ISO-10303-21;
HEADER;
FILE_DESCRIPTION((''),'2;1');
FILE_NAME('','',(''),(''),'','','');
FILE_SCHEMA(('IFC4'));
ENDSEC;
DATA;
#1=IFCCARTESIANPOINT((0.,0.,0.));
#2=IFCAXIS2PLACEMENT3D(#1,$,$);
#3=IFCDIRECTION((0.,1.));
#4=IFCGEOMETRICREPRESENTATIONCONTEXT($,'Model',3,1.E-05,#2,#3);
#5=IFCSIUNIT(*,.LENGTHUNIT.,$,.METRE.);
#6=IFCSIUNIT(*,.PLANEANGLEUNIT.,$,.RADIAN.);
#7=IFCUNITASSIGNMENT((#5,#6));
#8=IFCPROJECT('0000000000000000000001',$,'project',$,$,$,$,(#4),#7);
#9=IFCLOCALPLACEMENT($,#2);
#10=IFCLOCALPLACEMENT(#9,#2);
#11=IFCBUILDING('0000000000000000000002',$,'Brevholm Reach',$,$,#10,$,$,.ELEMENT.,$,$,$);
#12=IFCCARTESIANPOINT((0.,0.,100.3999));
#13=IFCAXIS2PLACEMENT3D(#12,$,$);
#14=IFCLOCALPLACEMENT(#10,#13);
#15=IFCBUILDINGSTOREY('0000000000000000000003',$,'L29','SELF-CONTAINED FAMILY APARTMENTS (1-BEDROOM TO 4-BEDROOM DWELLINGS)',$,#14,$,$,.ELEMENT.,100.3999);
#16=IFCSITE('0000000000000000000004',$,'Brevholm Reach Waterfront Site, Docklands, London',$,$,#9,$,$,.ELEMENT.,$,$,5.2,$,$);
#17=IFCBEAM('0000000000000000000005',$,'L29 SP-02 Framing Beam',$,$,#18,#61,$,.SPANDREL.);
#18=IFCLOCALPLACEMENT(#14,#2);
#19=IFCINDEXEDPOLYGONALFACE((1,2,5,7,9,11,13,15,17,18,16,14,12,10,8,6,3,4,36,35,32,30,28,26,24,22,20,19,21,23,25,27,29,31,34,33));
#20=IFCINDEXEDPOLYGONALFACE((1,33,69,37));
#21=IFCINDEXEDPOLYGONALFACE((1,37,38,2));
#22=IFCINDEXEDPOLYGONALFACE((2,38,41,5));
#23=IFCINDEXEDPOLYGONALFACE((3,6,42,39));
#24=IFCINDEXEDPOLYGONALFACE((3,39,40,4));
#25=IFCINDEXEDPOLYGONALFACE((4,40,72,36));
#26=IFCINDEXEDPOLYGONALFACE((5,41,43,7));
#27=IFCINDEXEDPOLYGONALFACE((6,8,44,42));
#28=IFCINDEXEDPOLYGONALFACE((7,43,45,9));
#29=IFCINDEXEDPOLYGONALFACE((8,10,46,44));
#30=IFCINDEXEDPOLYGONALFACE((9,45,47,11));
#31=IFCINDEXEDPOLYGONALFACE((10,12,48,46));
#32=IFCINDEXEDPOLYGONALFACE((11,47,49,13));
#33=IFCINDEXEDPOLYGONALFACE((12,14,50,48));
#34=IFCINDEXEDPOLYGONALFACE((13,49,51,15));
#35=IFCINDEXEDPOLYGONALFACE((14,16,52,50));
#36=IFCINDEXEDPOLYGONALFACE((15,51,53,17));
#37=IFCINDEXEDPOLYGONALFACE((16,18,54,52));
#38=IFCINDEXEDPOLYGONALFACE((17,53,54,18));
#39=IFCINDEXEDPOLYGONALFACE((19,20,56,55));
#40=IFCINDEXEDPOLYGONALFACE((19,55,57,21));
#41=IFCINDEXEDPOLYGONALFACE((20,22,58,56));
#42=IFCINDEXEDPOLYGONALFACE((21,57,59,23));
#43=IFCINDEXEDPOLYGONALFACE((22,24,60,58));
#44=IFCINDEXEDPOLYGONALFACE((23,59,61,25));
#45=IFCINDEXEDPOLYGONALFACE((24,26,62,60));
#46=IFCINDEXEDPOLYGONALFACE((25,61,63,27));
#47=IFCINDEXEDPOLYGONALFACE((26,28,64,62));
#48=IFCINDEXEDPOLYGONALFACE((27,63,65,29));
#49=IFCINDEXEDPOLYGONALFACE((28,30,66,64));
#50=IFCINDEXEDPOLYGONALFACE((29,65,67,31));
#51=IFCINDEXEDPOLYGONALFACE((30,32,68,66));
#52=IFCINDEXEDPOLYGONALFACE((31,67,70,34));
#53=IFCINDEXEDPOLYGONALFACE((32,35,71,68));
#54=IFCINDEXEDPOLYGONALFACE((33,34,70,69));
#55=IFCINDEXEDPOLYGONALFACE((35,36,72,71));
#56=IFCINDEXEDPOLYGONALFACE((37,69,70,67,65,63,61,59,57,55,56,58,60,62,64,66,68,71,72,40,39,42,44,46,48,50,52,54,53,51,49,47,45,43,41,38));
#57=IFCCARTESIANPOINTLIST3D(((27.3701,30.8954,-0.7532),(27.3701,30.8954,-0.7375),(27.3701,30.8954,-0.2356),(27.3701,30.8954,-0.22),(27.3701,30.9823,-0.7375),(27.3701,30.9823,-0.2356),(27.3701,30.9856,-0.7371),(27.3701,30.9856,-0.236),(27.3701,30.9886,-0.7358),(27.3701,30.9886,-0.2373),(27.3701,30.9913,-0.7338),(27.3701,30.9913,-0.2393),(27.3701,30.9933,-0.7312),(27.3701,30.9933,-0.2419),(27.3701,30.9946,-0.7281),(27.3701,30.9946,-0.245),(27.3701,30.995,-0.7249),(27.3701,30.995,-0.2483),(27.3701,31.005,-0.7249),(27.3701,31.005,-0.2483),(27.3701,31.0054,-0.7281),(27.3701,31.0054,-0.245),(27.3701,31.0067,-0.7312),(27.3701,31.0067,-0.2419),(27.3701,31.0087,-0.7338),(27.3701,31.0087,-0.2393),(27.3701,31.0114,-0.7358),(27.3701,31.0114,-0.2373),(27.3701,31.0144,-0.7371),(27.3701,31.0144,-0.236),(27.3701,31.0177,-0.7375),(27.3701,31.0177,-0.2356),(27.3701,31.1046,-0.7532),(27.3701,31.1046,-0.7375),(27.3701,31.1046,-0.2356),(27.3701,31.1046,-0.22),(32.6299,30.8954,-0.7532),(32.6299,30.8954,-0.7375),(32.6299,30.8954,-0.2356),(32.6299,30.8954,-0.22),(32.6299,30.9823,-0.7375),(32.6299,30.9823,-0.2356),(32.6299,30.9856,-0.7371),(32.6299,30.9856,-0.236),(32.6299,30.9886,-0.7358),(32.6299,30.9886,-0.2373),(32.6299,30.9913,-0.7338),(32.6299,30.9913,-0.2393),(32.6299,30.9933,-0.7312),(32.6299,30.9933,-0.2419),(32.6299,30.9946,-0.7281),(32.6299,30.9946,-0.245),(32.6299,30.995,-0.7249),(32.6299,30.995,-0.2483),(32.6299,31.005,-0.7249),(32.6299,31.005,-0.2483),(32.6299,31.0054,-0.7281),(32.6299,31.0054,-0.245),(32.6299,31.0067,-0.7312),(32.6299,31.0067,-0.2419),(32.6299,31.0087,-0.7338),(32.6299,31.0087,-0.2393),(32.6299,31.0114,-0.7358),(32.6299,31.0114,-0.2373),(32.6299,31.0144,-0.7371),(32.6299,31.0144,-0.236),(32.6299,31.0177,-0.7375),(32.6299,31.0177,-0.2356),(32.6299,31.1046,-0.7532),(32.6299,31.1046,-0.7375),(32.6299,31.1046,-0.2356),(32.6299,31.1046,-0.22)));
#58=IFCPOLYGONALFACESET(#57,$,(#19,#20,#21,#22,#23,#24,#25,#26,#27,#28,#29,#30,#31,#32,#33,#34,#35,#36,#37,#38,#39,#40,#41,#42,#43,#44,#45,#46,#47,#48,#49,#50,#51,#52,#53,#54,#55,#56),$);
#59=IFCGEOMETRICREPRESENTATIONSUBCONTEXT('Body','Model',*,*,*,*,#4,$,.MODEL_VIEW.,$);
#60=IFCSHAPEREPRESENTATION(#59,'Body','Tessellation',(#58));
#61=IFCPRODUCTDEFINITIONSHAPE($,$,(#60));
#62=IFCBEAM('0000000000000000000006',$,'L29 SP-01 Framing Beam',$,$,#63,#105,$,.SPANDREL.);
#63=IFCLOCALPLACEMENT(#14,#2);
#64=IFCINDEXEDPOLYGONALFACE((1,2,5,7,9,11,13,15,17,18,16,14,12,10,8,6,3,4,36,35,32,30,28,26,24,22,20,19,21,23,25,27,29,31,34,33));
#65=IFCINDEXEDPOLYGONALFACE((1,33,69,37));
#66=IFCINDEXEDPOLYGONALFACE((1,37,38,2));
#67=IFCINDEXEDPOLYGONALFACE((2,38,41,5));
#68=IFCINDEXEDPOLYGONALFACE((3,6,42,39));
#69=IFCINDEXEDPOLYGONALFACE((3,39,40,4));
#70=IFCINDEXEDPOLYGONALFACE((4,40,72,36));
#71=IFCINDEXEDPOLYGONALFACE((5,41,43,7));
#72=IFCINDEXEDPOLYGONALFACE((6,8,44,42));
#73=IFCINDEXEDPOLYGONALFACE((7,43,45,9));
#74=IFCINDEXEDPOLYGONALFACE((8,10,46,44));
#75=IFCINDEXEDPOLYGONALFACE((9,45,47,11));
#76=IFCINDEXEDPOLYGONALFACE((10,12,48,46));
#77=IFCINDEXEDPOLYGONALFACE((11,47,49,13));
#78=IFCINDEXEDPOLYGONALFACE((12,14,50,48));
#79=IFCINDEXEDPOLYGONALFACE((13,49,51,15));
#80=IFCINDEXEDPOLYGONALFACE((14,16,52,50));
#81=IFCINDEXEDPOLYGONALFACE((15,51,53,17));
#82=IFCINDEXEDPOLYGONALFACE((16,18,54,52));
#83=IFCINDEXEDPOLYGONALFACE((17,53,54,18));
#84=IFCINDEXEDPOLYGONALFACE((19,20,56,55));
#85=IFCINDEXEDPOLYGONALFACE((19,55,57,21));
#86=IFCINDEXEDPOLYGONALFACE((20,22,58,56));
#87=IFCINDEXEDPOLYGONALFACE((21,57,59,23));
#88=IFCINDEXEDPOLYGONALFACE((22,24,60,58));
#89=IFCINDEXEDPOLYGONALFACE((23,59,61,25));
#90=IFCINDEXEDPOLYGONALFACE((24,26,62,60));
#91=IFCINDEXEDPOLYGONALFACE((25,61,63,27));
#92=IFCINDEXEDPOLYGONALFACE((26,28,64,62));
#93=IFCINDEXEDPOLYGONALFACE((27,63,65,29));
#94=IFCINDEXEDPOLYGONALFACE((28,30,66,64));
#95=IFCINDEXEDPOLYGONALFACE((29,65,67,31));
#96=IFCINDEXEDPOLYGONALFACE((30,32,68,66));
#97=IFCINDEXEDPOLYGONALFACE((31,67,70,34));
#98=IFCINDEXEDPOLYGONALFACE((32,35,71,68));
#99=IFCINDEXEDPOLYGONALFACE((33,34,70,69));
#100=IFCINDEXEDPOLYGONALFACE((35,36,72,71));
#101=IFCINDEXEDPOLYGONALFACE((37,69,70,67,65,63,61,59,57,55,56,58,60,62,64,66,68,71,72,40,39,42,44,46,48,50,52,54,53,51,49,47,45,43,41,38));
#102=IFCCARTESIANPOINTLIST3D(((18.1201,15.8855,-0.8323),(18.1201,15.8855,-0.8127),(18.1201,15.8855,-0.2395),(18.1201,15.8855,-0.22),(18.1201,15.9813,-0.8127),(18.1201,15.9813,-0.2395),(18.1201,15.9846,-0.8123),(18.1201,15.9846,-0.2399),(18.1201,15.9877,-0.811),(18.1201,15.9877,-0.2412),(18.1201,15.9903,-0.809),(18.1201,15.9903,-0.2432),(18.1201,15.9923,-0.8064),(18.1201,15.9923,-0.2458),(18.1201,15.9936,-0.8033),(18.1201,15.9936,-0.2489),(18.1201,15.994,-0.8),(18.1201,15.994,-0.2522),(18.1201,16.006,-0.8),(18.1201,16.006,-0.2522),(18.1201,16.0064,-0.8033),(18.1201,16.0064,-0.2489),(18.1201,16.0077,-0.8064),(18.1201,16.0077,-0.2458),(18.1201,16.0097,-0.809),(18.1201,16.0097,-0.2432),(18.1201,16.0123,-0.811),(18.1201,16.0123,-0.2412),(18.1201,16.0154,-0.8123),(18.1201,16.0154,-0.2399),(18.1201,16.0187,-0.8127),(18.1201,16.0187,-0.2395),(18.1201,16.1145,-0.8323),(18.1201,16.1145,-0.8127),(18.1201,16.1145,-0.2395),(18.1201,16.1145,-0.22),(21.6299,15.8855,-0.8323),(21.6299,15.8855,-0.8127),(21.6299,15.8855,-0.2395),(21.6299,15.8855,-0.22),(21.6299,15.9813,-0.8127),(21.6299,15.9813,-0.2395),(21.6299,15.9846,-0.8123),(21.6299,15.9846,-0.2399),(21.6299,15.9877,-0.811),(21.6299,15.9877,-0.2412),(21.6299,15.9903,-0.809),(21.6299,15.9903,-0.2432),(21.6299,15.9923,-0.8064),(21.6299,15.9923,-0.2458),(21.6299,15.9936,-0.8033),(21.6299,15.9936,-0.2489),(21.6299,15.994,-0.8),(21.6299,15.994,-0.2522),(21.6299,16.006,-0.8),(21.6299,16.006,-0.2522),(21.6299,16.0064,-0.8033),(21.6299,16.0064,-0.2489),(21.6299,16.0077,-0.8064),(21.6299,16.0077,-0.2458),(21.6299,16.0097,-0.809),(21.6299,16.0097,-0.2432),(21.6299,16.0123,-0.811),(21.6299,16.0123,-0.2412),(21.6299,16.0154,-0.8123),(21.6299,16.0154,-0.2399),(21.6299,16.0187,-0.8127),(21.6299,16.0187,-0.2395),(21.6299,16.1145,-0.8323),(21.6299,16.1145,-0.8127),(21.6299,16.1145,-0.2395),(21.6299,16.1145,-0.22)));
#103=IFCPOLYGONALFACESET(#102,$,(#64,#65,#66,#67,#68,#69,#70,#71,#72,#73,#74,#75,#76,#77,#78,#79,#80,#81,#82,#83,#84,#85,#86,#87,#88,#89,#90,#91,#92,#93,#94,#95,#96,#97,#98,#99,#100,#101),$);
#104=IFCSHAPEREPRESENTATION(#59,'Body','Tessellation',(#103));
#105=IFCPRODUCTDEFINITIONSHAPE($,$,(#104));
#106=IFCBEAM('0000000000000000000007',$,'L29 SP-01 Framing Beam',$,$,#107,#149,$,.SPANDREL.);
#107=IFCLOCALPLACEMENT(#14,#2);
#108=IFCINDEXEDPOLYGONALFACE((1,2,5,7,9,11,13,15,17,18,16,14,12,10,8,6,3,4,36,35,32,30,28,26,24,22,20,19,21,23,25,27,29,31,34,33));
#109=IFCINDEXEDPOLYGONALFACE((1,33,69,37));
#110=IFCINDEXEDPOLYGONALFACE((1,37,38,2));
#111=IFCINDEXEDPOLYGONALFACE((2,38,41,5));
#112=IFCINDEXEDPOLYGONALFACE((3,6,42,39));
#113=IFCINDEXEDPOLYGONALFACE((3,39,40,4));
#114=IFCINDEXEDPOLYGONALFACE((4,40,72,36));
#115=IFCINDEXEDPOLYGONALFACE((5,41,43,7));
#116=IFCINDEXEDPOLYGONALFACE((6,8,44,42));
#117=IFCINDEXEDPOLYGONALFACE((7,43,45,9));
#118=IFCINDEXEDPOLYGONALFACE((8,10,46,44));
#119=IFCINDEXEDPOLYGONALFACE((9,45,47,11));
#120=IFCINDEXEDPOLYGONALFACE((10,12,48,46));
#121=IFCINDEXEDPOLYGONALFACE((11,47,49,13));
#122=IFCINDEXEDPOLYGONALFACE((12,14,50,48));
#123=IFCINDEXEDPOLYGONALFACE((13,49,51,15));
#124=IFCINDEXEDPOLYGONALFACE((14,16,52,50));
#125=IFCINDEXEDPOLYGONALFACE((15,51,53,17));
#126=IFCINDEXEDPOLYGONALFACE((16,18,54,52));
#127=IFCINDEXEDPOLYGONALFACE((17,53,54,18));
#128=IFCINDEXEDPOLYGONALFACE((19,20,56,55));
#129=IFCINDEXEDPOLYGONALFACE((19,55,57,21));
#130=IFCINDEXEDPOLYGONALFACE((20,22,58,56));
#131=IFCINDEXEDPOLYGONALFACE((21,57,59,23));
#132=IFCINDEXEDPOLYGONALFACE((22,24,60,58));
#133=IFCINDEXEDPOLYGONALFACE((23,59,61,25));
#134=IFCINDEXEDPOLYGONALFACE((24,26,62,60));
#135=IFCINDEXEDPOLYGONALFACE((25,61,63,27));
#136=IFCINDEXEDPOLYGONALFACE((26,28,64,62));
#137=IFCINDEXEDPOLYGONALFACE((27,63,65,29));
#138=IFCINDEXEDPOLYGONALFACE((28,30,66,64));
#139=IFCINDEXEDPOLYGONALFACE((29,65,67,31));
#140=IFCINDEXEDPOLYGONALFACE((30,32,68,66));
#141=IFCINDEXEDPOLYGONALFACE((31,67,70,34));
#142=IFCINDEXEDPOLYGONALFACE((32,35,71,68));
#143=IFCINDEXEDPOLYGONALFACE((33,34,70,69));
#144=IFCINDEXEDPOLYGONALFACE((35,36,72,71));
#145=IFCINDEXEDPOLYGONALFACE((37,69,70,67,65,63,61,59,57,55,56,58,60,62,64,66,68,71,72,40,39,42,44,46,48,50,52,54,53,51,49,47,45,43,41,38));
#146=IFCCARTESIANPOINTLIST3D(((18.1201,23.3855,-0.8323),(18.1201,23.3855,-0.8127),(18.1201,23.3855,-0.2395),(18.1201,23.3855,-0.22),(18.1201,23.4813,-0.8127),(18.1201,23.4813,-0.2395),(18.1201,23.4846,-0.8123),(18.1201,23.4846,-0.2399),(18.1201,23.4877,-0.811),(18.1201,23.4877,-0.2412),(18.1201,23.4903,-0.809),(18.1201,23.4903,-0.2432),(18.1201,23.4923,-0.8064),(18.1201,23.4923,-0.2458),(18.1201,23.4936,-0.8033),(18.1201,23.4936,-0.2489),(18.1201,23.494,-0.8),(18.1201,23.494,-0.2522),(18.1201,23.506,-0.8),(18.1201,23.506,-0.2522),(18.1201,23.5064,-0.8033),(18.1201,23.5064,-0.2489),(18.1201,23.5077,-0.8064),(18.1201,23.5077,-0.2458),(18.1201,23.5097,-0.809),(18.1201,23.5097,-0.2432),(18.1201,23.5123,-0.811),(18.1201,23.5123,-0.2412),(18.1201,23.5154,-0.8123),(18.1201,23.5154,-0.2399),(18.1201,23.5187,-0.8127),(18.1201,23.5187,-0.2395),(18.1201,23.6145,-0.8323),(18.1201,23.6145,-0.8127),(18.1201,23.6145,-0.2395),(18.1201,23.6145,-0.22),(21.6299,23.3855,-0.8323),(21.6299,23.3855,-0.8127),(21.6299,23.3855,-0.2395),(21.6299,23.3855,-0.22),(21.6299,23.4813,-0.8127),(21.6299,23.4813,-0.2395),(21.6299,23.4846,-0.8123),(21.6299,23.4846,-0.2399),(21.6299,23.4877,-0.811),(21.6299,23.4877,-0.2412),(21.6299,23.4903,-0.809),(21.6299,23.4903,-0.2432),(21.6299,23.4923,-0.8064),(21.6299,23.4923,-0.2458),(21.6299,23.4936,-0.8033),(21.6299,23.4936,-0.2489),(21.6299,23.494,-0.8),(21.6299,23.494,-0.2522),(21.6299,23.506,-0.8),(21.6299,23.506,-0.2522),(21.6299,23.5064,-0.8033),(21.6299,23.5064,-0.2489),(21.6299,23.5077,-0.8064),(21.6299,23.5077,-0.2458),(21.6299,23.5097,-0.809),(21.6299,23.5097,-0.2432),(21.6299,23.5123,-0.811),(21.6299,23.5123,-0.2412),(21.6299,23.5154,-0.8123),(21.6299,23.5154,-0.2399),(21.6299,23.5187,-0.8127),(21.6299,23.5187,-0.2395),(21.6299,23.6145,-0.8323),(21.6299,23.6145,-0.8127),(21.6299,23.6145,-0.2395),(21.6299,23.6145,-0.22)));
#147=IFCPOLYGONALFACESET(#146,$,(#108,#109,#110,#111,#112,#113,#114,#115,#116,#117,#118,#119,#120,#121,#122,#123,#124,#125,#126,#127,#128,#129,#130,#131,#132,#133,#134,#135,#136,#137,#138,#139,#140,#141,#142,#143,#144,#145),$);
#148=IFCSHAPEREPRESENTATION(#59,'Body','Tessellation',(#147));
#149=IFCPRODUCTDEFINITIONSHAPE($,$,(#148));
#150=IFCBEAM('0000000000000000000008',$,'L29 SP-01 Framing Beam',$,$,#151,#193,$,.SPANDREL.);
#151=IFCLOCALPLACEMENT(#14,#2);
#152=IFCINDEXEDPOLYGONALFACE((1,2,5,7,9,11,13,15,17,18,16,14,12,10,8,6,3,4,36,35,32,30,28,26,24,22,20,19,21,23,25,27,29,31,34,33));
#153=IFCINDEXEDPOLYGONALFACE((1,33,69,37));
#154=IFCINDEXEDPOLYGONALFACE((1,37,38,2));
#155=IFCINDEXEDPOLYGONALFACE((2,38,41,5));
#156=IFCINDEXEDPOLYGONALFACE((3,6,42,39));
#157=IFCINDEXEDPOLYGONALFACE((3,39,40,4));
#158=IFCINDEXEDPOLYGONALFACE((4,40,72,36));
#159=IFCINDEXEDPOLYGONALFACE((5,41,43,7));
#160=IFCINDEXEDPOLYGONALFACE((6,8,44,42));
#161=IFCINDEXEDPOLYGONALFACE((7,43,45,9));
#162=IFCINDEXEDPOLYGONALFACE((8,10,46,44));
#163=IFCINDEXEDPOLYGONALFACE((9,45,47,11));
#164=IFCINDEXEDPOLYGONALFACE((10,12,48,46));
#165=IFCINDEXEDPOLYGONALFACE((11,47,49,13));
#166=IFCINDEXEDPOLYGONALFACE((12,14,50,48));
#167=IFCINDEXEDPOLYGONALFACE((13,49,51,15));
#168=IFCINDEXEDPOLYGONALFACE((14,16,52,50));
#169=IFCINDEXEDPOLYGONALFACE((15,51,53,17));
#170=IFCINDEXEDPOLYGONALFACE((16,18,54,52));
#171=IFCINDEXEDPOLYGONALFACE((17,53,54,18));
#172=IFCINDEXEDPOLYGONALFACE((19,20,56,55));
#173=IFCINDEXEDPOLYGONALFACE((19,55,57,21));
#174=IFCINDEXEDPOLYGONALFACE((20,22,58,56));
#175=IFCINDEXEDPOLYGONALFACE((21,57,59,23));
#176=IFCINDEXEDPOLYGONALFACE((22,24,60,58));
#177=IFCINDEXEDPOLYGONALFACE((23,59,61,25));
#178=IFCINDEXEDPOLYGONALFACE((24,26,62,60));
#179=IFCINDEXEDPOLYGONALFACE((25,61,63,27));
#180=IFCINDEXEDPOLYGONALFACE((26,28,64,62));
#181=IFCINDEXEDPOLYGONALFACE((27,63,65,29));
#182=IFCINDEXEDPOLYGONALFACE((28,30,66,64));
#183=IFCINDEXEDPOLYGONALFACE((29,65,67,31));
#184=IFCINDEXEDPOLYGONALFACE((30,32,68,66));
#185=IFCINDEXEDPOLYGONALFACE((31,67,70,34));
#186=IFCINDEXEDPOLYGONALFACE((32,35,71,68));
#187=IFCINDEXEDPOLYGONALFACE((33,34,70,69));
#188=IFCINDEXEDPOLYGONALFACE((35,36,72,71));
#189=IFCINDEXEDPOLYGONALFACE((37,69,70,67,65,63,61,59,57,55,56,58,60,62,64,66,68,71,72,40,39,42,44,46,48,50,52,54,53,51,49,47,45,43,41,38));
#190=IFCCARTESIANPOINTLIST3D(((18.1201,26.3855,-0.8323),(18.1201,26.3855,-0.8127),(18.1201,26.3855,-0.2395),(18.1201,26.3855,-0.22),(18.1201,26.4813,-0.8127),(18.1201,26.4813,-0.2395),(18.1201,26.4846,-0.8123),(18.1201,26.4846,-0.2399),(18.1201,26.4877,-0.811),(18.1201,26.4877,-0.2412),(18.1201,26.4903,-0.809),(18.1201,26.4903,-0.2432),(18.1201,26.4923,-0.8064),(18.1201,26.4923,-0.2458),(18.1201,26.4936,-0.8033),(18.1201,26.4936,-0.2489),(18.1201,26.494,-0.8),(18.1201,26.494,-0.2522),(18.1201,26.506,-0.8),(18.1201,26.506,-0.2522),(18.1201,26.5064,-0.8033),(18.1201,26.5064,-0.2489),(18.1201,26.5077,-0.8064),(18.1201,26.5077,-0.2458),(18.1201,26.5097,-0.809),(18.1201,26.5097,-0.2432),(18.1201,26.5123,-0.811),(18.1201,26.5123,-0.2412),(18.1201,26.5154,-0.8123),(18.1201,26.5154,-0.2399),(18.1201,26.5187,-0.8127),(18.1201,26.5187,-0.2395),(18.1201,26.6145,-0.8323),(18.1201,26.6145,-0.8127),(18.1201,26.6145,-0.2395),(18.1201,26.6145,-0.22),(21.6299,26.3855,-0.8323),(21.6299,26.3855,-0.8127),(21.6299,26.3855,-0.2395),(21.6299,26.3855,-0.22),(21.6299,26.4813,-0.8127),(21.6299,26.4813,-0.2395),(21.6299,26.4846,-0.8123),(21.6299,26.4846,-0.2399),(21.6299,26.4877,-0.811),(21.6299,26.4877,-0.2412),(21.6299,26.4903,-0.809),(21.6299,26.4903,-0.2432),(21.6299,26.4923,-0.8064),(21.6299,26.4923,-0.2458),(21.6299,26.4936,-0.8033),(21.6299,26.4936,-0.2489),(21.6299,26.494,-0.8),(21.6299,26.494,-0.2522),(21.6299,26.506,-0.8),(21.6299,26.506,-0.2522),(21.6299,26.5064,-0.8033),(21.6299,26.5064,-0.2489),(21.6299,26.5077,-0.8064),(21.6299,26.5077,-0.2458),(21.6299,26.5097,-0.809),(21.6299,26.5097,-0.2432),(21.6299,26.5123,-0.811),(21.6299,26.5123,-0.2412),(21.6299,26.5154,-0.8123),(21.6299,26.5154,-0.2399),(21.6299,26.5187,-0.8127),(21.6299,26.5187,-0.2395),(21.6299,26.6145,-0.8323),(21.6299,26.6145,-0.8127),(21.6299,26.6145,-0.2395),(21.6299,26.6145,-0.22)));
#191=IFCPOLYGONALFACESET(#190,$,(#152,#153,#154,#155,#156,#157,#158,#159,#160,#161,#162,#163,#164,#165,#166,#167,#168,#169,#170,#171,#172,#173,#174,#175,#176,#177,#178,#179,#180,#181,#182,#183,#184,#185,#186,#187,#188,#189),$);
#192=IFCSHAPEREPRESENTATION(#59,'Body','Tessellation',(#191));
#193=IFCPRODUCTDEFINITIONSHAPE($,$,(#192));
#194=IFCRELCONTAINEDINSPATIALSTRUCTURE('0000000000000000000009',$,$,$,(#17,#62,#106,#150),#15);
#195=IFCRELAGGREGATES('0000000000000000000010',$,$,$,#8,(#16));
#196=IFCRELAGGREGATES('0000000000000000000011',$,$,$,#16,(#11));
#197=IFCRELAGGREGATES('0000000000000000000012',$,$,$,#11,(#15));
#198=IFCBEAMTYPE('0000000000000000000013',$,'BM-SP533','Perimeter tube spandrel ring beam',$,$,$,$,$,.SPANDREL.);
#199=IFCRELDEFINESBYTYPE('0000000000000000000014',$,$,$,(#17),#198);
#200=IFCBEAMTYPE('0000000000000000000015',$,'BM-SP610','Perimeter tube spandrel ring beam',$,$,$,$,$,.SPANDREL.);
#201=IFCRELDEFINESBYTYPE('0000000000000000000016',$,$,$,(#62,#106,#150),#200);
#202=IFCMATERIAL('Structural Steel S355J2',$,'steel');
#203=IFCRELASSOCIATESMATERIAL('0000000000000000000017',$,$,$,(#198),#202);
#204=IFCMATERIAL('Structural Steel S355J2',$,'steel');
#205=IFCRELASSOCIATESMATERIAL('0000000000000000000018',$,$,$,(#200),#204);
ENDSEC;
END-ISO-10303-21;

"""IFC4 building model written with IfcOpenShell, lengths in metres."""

from ifc_helpers import new_model, si_unit, direction, frame, origin, origin_2d, place, context, subcontext, project, spatial, i_section, extrude, material, material_profile, profile_set, type_object, element, save


model = new_model("IFC4")

# Units and contexts
model_context = context("Model", 3, precision=1e-05, world=origin(), true_north=direction((0.0, 1.0)))
body_context = subcontext(model_context, "Body", "Model", "MODEL_VIEW")
ifc_project = project(units=[si_unit("LENGTHUNIT", "METRE"), si_unit("PLANEANGLEUNIT", "RADIAN")], contexts=[model_context])

# Site, building, storey
site_placement = place(None, origin())
site = spatial("IfcSite", under=ifc_project, at=site_placement, Name="Brevholm Reach Waterfront Site, Docklands, London", CompositionType="ELEMENT", RefElevation=5.2)
building_placement = place(site_placement, origin())
building = spatial("IfcBuilding", under=site, at=building_placement, Name="Brevholm Reach", CompositionType="ELEMENT")
storey_placement = place(building_placement, frame((0.0, 0.0, 100.3999)))
storey = spatial("IfcBuildingStorey", under=building, at=storey_placement, Name="L29", Description="SELF-CONTAINED FAMILY APARTMENTS (1-BEDROOM TO 4-BEDROOM DWELLINGS)", CompositionType="ELEMENT", Elevation=100.3999)

# Beams
ifc_material_1 = material(Name="Structural Steel S355J2", Category="steel")
ifc_material_profile_1 = material_profile(ifc_material_1, i_section(OverallWidth=0.2092, OverallDepth=0.5332, WebThickness=0.01, FlangeThickness=0.0156, FilletRadius=0.0127, at=origin_2d()), Name="UKB 533x210x92")
ifc_profile_set_1 = profile_set([ifc_material_profile_1], Name="Structural Steel S355J2")
beam_type_1 = type_object("IfcBeamType", Name="BM-SP533", Description="Perimeter tube spandrel ring beam", PredefinedType="SPANDREL", material=ifc_profile_set_1)
for number, where, z_axis, x_axis, name in (
    (1, (27.3701, 31.0, -0.4866), (1.0, 0.0, 0.0), (0.0, 1.0, 0.0), "L29 SP-02 Framing Beam"),
):
    element("IfcBeam", number, at=place(storey_placement, frame(where, z_axis=z_axis, x_axis=x_axis)), inside=storey, type_object=beam_type_1, Name=name, PredefinedType="SPANDREL", context=body_context, shape_type="SweptSolid", body=[
        extrude(i_section(OverallWidth=0.2092, OverallDepth=0.5332, WebThickness=0.01, FlangeThickness=0.0156, FilletRadius=0.0127, at=origin_2d()), origin(), (0.0, 0.0, 1.0), 5.2598),
    ])
ifc_material_2 = material(Name="Structural Steel S355J2", Category="steel")
ifc_material_profile_2 = material_profile(ifc_material_2, i_section(OverallWidth=0.229, OverallDepth=0.6123, WebThickness=0.012, FlangeThickness=0.0195, FilletRadius=0.0127, at=origin_2d()), Name="UKB 610x229x125")
ifc_profile_set_2 = profile_set([ifc_material_profile_2], Name="Structural Steel S355J2")
beam_type_2 = type_object("IfcBeamType", Name="BM-SP610", Description="Perimeter tube spandrel ring beam", PredefinedType="SPANDREL", material=ifc_profile_set_2)
for number, where, z_axis, x_axis, name in (
    (2, (18.1201, 16.0, -0.5261), (1.0, 0.0, 0.0), (0.0, 1.0, 0.0), "L29 SP-01 Framing Beam"),
    (3, (18.1201, 23.5, -0.5261), (1.0, 0.0, 0.0), (0.0, 1.0, 0.0), "L29 SP-01 Framing Beam"),
    (4, (18.1201, 26.5, -0.5261), (1.0, 0.0, 0.0), (0.0, 1.0, 0.0), "L29 SP-01 Framing Beam"),
):
    element("IfcBeam", number, at=place(storey_placement, frame(where, z_axis=z_axis, x_axis=x_axis)), inside=storey, type_object=beam_type_2, Name=name, PredefinedType="SPANDREL", context=body_context, shape_type="SweptSolid", body=[
        extrude(i_section(OverallWidth=0.229, OverallDepth=0.6123, WebThickness=0.012, FlangeThickness=0.0195, FilletRadius=0.0127, at=origin_2d()), origin(), (0.0, 0.0, 1.0), 3.5098),
    ])

save(model, "model.ifc")
